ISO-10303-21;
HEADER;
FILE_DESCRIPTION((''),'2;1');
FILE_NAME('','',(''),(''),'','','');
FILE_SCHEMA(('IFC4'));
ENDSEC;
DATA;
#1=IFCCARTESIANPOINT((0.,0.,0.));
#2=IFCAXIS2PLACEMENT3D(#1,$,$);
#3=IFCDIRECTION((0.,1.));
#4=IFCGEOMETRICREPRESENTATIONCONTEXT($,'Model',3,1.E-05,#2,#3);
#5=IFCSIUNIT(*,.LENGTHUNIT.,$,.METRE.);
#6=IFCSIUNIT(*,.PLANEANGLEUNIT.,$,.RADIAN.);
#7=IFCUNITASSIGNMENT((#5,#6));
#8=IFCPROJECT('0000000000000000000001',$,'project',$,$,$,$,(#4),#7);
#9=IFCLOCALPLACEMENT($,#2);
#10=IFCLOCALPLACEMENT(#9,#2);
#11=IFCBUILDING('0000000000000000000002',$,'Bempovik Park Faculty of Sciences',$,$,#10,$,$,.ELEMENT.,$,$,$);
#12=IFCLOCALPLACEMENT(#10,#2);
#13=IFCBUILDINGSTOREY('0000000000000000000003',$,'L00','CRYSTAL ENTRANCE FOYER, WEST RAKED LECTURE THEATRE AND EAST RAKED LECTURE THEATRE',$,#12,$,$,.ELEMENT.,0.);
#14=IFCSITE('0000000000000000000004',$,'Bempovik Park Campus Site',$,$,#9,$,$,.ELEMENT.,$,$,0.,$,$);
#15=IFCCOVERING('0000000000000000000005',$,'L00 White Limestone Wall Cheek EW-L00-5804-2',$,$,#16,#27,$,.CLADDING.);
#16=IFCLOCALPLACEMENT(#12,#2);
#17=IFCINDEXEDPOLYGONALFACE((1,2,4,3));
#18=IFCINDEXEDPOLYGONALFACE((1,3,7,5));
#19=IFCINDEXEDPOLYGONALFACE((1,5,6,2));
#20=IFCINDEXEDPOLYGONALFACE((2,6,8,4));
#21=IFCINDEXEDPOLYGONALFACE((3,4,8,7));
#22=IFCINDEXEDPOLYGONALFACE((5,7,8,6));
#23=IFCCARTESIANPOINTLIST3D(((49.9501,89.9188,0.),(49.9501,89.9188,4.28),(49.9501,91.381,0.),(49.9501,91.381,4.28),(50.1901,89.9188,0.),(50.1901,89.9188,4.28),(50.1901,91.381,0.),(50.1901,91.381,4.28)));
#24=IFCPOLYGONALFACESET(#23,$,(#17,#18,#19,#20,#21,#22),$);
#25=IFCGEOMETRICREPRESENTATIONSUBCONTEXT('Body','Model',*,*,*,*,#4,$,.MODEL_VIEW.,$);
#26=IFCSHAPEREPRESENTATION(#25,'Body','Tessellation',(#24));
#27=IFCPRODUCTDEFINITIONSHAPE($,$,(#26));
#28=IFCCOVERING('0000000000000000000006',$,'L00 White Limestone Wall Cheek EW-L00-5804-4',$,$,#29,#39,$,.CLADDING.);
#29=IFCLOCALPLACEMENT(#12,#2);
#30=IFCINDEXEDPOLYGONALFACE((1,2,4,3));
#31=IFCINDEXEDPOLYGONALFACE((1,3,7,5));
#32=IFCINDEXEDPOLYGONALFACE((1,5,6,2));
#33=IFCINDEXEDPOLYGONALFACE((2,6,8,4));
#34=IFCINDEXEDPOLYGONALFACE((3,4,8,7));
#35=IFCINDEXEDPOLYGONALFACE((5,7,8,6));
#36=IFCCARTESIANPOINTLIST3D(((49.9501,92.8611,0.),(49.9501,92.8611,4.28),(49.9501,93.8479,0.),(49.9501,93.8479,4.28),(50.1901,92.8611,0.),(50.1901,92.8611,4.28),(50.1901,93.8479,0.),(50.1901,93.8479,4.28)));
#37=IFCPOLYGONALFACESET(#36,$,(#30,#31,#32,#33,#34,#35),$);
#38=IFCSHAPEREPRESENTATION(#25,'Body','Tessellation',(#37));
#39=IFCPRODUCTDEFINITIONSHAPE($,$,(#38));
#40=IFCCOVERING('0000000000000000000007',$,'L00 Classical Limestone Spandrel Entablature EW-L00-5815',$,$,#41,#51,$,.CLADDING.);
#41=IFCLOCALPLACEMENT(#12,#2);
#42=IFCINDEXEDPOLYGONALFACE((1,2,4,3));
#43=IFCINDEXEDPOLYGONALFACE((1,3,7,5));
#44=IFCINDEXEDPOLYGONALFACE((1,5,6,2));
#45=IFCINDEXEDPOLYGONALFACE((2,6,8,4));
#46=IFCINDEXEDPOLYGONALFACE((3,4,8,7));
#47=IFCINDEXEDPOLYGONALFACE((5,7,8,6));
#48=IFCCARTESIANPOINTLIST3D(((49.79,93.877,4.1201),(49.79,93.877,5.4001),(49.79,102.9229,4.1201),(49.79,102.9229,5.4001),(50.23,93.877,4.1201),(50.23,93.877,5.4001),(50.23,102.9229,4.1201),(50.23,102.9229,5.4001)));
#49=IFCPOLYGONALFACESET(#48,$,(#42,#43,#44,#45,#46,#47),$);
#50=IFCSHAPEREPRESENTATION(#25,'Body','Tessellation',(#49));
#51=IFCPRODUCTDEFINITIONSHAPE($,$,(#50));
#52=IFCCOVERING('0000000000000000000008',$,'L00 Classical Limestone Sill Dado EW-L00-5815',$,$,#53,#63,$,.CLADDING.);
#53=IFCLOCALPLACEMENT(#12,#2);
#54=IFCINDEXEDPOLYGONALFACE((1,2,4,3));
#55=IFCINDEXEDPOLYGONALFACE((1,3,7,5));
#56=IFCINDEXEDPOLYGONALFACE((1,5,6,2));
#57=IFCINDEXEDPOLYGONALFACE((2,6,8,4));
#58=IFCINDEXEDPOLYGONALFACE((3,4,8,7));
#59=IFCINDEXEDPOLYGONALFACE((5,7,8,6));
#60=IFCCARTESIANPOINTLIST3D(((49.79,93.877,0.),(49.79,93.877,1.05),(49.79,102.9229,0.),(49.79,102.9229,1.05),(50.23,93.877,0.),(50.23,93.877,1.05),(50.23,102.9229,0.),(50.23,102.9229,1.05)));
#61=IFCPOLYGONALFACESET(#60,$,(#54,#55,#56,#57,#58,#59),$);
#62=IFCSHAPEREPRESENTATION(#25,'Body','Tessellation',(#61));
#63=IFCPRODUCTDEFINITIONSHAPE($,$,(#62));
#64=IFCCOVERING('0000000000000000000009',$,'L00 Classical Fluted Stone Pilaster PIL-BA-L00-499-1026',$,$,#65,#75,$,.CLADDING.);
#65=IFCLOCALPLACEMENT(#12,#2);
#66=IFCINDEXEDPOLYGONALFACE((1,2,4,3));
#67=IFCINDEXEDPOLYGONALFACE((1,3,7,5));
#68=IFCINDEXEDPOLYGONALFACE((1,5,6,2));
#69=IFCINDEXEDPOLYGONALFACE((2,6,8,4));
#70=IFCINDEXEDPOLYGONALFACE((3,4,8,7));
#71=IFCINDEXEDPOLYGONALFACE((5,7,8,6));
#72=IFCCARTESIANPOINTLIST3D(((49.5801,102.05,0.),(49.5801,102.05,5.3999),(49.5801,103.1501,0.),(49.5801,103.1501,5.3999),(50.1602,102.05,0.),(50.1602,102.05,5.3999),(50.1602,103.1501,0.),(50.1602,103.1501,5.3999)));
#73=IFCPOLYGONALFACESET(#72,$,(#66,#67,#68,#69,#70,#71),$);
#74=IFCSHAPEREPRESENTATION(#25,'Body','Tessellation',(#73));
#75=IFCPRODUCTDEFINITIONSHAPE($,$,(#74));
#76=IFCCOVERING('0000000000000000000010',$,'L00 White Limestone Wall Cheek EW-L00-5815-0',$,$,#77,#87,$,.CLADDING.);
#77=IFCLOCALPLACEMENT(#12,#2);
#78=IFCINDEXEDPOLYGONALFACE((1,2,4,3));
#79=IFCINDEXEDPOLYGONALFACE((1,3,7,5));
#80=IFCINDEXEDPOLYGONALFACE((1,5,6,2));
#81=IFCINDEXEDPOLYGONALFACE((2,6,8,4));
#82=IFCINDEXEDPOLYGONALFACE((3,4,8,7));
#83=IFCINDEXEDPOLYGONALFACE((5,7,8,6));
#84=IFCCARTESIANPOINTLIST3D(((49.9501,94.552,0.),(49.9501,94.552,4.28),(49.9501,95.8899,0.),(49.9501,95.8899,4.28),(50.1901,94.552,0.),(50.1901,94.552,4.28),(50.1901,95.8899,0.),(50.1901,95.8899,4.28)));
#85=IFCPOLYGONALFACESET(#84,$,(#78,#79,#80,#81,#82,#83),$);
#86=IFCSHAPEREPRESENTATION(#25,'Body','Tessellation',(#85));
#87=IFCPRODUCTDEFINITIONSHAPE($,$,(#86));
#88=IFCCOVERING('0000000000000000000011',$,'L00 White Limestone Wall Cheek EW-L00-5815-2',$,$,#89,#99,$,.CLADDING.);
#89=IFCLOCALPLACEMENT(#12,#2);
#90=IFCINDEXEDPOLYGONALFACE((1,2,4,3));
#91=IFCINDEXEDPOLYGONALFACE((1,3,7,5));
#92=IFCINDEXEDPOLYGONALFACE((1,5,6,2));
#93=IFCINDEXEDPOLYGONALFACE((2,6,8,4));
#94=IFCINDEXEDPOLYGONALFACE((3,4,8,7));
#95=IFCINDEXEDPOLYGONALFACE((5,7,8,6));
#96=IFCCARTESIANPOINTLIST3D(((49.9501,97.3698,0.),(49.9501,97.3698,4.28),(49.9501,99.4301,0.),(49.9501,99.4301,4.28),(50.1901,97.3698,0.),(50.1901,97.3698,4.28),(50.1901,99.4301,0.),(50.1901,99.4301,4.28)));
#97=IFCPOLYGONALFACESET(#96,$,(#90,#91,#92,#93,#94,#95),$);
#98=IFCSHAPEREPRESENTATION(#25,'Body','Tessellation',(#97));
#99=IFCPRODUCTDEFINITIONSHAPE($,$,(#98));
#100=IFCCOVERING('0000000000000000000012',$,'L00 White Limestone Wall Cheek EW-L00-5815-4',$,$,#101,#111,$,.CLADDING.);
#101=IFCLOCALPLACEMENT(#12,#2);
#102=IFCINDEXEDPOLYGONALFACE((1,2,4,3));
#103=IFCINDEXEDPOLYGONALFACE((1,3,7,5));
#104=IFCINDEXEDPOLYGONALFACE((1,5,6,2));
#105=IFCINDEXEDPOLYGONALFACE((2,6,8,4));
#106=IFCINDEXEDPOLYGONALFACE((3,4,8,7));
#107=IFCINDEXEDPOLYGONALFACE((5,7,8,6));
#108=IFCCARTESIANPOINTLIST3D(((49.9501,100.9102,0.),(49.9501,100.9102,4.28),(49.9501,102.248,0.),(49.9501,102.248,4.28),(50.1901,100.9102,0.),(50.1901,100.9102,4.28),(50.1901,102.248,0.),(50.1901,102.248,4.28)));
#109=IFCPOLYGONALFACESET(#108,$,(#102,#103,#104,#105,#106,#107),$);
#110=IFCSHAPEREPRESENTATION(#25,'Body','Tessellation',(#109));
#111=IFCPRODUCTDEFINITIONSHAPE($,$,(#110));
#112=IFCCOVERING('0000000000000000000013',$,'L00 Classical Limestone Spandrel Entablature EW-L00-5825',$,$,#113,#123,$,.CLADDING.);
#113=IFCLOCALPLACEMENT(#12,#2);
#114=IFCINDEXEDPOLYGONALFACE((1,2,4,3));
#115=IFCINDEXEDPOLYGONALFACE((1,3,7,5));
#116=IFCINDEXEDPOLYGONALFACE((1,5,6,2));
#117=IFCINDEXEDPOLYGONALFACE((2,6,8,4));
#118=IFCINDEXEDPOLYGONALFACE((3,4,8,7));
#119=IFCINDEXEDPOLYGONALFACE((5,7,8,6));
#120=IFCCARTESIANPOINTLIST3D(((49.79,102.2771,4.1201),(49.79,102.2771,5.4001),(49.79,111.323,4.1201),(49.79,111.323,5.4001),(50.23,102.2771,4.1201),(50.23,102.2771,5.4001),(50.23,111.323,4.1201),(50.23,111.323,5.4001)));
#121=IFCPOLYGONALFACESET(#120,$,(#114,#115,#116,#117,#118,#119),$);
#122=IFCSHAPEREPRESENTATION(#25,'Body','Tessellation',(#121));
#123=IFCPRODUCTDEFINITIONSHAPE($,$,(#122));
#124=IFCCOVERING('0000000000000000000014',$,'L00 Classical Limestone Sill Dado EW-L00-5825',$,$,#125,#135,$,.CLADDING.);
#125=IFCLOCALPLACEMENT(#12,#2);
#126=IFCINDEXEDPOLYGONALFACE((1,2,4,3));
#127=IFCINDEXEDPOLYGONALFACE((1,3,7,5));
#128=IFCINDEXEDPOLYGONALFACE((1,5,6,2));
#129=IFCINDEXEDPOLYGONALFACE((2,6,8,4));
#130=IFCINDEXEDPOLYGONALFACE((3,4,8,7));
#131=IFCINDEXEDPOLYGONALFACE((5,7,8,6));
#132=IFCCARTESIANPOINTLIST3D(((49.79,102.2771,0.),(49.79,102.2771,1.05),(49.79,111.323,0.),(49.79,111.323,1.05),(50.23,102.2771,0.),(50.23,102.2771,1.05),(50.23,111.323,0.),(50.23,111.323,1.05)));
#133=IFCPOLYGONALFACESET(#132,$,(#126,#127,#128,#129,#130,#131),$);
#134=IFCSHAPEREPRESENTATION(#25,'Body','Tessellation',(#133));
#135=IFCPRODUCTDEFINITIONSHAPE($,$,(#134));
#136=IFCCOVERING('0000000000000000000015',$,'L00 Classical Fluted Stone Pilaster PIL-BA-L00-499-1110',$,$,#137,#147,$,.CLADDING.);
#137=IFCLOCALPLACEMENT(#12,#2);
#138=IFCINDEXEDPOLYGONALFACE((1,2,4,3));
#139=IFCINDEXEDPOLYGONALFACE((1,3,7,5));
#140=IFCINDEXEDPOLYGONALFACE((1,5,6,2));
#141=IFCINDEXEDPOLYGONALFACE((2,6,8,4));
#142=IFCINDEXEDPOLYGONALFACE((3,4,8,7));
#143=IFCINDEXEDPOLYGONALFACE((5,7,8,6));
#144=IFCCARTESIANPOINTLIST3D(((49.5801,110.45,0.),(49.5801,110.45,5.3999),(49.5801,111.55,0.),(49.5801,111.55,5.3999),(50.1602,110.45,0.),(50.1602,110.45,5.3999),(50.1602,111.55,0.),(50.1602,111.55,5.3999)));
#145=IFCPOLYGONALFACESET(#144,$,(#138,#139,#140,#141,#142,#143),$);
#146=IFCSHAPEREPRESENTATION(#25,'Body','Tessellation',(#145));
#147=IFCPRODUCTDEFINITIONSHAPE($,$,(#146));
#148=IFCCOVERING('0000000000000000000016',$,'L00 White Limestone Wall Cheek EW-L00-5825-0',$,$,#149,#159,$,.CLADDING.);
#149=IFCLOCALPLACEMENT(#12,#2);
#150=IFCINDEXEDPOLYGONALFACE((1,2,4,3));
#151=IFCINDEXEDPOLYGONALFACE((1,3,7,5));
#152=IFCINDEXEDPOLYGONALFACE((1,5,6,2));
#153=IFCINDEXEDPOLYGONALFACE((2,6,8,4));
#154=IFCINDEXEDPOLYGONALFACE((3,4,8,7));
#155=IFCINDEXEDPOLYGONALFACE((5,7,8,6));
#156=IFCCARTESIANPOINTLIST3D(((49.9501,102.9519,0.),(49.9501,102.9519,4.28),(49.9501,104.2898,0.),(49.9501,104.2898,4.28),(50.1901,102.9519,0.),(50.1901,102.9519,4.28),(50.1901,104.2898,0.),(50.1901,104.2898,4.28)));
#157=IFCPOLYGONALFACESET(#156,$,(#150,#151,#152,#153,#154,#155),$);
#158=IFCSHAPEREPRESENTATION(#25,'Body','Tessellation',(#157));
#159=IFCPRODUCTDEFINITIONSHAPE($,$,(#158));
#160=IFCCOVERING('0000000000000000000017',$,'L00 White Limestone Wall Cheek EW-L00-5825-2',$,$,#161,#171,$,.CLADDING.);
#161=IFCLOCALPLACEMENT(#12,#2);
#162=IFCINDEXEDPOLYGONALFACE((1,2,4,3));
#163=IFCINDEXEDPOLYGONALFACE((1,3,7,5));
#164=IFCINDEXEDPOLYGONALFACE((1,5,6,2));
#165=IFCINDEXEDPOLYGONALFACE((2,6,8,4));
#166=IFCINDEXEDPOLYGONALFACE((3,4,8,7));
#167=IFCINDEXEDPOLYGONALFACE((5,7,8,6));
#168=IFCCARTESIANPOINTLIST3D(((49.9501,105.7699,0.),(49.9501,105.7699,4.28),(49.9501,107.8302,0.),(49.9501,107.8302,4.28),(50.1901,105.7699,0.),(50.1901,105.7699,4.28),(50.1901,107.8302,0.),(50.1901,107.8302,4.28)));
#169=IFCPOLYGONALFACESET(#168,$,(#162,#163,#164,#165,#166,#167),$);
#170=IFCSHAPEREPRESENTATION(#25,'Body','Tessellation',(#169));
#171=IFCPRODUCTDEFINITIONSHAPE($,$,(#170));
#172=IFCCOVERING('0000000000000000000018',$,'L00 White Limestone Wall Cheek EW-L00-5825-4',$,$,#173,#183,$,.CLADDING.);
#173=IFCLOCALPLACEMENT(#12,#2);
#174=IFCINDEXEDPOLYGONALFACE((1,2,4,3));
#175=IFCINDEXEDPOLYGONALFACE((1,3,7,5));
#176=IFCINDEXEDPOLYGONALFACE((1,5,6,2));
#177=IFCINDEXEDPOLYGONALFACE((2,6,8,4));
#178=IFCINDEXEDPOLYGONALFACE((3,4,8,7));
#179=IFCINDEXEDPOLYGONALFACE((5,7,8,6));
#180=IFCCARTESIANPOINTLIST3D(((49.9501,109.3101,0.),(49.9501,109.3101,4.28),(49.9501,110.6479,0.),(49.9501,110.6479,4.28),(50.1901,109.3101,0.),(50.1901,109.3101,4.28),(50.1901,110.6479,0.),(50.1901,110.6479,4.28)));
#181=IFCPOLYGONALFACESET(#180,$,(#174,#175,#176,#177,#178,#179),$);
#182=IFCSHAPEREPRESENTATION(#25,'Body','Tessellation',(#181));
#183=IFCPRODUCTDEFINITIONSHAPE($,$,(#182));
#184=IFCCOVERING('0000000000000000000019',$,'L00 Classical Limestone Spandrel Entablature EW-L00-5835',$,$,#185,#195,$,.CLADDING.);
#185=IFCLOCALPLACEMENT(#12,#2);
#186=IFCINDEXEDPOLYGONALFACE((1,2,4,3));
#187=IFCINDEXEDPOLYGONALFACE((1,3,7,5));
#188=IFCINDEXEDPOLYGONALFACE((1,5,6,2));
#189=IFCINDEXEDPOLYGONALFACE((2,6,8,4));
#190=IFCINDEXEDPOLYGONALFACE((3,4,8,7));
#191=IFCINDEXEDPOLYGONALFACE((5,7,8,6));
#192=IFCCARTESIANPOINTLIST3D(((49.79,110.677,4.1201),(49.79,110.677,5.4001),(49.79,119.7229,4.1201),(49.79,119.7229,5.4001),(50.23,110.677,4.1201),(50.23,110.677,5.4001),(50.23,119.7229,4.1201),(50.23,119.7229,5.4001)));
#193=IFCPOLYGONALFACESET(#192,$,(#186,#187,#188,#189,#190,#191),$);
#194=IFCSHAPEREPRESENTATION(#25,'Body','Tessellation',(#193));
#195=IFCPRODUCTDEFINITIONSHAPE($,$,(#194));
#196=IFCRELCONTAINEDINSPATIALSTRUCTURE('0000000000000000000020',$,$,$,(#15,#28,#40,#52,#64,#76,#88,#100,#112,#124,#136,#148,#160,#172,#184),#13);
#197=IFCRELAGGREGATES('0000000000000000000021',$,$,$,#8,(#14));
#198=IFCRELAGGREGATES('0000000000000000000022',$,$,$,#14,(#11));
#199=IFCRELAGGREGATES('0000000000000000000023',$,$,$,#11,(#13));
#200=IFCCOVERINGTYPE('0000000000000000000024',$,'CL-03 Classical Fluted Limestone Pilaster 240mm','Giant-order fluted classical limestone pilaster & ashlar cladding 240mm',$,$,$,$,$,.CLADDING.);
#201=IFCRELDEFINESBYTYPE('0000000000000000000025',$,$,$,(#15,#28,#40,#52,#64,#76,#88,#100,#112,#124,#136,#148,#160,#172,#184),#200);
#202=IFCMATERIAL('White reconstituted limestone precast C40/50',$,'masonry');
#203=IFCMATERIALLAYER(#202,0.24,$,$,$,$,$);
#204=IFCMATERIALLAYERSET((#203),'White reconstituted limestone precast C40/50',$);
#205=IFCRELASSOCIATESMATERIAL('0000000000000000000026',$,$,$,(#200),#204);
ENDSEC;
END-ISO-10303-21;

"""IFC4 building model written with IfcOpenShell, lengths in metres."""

from ifc_helpers import new_model, si_unit, direction, frame, origin, origin_2d, place, context, subcontext, project, spatial, rectangle, extrude, material, layer, layer_set, type_object, element, save


model = new_model("IFC4")

# Units and contexts
model_context = context("Model", 3, precision=1e-05, world=origin(), true_north=direction((0.0, 1.0)))
body_context = subcontext(model_context, "Body", "Model", "MODEL_VIEW")
ifc_project = project(units=[si_unit("LENGTHUNIT", "METRE"), si_unit("PLANEANGLEUNIT", "RADIAN")], contexts=[model_context])

# Site, building, storey
site_placement = place(None, origin())
site = spatial("IfcSite", under=ifc_project, at=site_placement, Name="Bempovik Park Campus Site", CompositionType="ELEMENT", RefElevation=0.0)
building_placement = place(site_placement, origin())
building = spatial("IfcBuilding", under=site, at=building_placement, Name="Bempovik Park Faculty of Sciences", CompositionType="ELEMENT")
storey_placement = place(building_placement, origin())
storey = spatial("IfcBuildingStorey", under=building, at=storey_placement, Name="L00", Description="CRYSTAL ENTRANCE FOYER, WEST RAKED LECTURE THEATRE AND EAST RAKED LECTURE THEATRE", CompositionType="ELEMENT", Elevation=0.0)

# Coverings
ifc_material_1 = material(Name="White reconstituted limestone precast C40/50", Category="masonry")
ifc_layer_1 = layer(ifc_material_1, 0.24)
ifc_layer_set_1 = layer_set([ifc_layer_1], Name="White reconstituted limestone precast C40/50")
covering_type_1 = type_object("IfcCoveringType", Name="CL-03 Classical Fluted Limestone Pilaster 240mm", Description="Giant-order fluted classical limestone pilaster & ashlar cladding 240mm", PredefinedType="CLADDING", material=ifc_layer_set_1)
covering_1_placement = place(storey_placement, frame((50.0701, 90.6499, 0.0), z_axis=(0.0, 0.0, 1.0), x_axis=(1.0, 0.0, 0.0)))
element("IfcCovering", 1, at=covering_1_placement, inside=storey, type_object=covering_type_1, Name="L00 White Limestone Wall Cheek EW-L00-5804-2", PredefinedType="CLADDING", context=body_context, shape_type="SweptSolid", body=[
    extrude(rectangle(XDim=0.24, YDim=1.4622, at=origin_2d()), origin(), (0.0, 0.0, 1.0), 4.28),
])
covering_2_placement = place(storey_placement, frame((50.0701, 93.3545, 0.0), z_axis=(0.0, 0.0, 1.0), x_axis=(1.0, 0.0, 0.0)))
element("IfcCovering", 2, at=covering_2_placement, inside=storey, type_object=covering_type_1, Name="L00 White Limestone Wall Cheek EW-L00-5804-4", PredefinedType="CLADDING", context=body_context, shape_type="SweptSolid", body=[
    extrude(rectangle(XDim=0.24, YDim=0.9868, at=origin_2d()), origin(), (0.0, 0.0, 1.0), 4.28),
])
covering_3_placement = place(storey_placement, frame((50.01, 98.3999, 4.1201), z_axis=(0.0, 0.0, 1.0), x_axis=(1.0, 0.0, 0.0)))
element("IfcCovering", 3, at=covering_3_placement, inside=storey, type_object=covering_type_1, Name="L00 Classical Limestone Spandrel Entablature EW-L00-5815", PredefinedType="CLADDING", context=body_context, shape_type="SweptSolid", body=[
    extrude(rectangle(XDim=0.4399, YDim=9.0459, at=origin_2d()), origin(), (0.0, 0.0, 1.0), 1.28),
])
covering_4_placement = place(storey_placement, frame((50.01, 98.3999, 0.0), z_axis=(0.0, 0.0, 1.0), x_axis=(1.0, 0.0, 0.0)))
element("IfcCovering", 4, at=covering_4_placement, inside=storey, type_object=covering_type_1, Name="L00 Classical Limestone Sill Dado EW-L00-5815", PredefinedType="CLADDING", context=body_context, shape_type="SweptSolid", body=[
    extrude(rectangle(XDim=0.4399, YDim=9.0459, at=origin_2d()), origin(), (0.0, 0.0, 1.0), 1.05),
])
covering_5_placement = place(storey_placement, frame((49.8701, 102.6001, 0.0), z_axis=(0.0, 0.0, 1.0), x_axis=(1.0, 0.0, 0.0)))
element("IfcCovering", 5, at=covering_5_placement, inside=storey, type_object=covering_type_1, Name="L00 Classical Fluted Stone Pilaster PIL-BA-L00-499-1026", PredefinedType="CLADDING", context=body_context, shape_type="SweptSolid", body=[
    extrude(rectangle(XDim=0.5801, YDim=1.1001, at=origin_2d()), origin(), (0.0, 0.0, 1.0), 5.3999),
])
covering_6_placement = place(storey_placement, frame((50.0701, 95.2209, 0.0), z_axis=(0.0, 0.0, 1.0), x_axis=(1.0, 0.0, 0.0)))
element("IfcCovering", 6, at=covering_6_placement, inside=storey, type_object=covering_type_1, Name="L00 White Limestone Wall Cheek EW-L00-5815-0", PredefinedType="CLADDING", context=body_context, shape_type="SweptSolid", body=[
    extrude(rectangle(XDim=0.24, YDim=1.3379, at=origin_2d()), origin(), (0.0, 0.0, 1.0), 4.28),
])
covering_7_placement = place(storey_placement, frame((50.0701, 98.3999, 0.0), z_axis=(0.0, 0.0, 1.0), x_axis=(1.0, 0.0, 0.0)))
element("IfcCovering", 7, at=covering_7_placement, inside=storey, type_object=covering_type_1, Name="L00 White Limestone Wall Cheek EW-L00-5815-2", PredefinedType="CLADDING", context=body_context, shape_type="SweptSolid", body=[
    extrude(rectangle(XDim=0.24, YDim=2.0603, at=origin_2d()), origin(), (0.0, 0.0, 1.0), 4.28),
])
covering_8_placement = place(storey_placement, frame((50.0701, 101.5791, 0.0), z_axis=(0.0, 0.0, 1.0), x_axis=(1.0, 0.0, 0.0)))
element("IfcCovering", 8, at=covering_8_placement, inside=storey, type_object=covering_type_1, Name="L00 White Limestone Wall Cheek EW-L00-5815-4", PredefinedType="CLADDING", context=body_context, shape_type="SweptSolid", body=[
    extrude(rectangle(XDim=0.24, YDim=1.3379, at=origin_2d()), origin(), (0.0, 0.0, 1.0), 4.28),
])
covering_9_placement = place(storey_placement, frame((50.01, 106.8, 4.1201), z_axis=(0.0, 0.0, 1.0), x_axis=(1.0, 0.0, 0.0)))
element("IfcCovering", 9, at=covering_9_placement, inside=storey, type_object=covering_type_1, Name="L00 Classical Limestone Spandrel Entablature EW-L00-5825", PredefinedType="CLADDING", context=body_context, shape_type="SweptSolid", body=[
    extrude(rectangle(XDim=0.4399, YDim=9.0459, at=origin_2d()), origin(), (0.0, 0.0, 1.0), 1.28),
])
covering_10_placement = place(storey_placement, frame((50.01, 106.8, 0.0), z_axis=(0.0, 0.0, 1.0), x_axis=(1.0, 0.0, 0.0)))
element("IfcCovering", 10, at=covering_10_placement, inside=storey, type_object=covering_type_1, Name="L00 Classical Limestone Sill Dado EW-L00-5825", PredefinedType="CLADDING", context=body_context, shape_type="SweptSolid", body=[
    extrude(rectangle(XDim=0.4399, YDim=9.0459, at=origin_2d()), origin(), (0.0, 0.0, 1.0), 1.05),
])
covering_11_placement = place(storey_placement, frame((49.8701, 111.0, 0.0), z_axis=(0.0, 0.0, 1.0), x_axis=(1.0, 0.0, 0.0)))
element("IfcCovering", 11, at=covering_11_placement, inside=storey, type_object=covering_type_1, Name="L00 Classical Fluted Stone Pilaster PIL-BA-L00-499-1110", PredefinedType="CLADDING", context=body_context, shape_type="SweptSolid", body=[
    extrude(rectangle(XDim=0.5801, YDim=1.1001, at=origin_2d()), origin(), (0.0, 0.0, 1.0), 5.3999),
])
covering_12_placement = place(storey_placement, frame((50.0701, 103.6208, 0.0), z_axis=(0.0, 0.0, 1.0), x_axis=(1.0, 0.0, 0.0)))
element("IfcCovering", 12, at=covering_12_placement, inside=storey, type_object=covering_type_1, Name="L00 White Limestone Wall Cheek EW-L00-5825-0", PredefinedType="CLADDING", context=body_context, shape_type="SweptSolid", body=[
    extrude(rectangle(XDim=0.24, YDim=1.3379, at=origin_2d()), origin(), (0.0, 0.0, 1.0), 4.28),
])
covering_13_placement = place(storey_placement, frame((50.0701, 106.8, 0.0), z_axis=(0.0, 0.0, 1.0), x_axis=(1.0, 0.0, 0.0)))
element("IfcCovering", 13, at=covering_13_placement, inside=storey, type_object=covering_type_1, Name="L00 White Limestone Wall Cheek EW-L00-5825-2", PredefinedType="CLADDING", context=body_context, shape_type="SweptSolid", body=[
    extrude(rectangle(XDim=0.24, YDim=2.0603, at=origin_2d()), origin(), (0.0, 0.0, 1.0), 4.28),
])
covering_14_placement = place(storey_placement, frame((50.0701, 109.979, 0.0), z_axis=(0.0, 0.0, 1.0), x_axis=(1.0, 0.0, 0.0)))
element("IfcCovering", 14, at=covering_14_placement, inside=storey, type_object=covering_type_1, Name="L00 White Limestone Wall Cheek EW-L00-5825-4", PredefinedType="CLADDING", context=body_context, shape_type="SweptSolid", body=[
    extrude(rectangle(XDim=0.24, YDim=1.3379, at=origin_2d()), origin(), (0.0, 0.0, 1.0), 4.28),
])
covering_15_placement = place(storey_placement, frame((50.01, 115.2, 4.1201), z_axis=(0.0, 0.0, 1.0), x_axis=(1.0, 0.0, 0.0)))
element("IfcCovering", 15, at=covering_15_placement, inside=storey, type_object=covering_type_1, Name="L00 Classical Limestone Spandrel Entablature EW-L00-5835", PredefinedType="CLADDING", context=body_context, shape_type="SweptSolid", body=[
    extrude(rectangle(XDim=0.4399, YDim=9.0459, at=origin_2d()), origin(), (0.0, 0.0, 1.0), 1.28),
])

save(model, "model.ifc")
